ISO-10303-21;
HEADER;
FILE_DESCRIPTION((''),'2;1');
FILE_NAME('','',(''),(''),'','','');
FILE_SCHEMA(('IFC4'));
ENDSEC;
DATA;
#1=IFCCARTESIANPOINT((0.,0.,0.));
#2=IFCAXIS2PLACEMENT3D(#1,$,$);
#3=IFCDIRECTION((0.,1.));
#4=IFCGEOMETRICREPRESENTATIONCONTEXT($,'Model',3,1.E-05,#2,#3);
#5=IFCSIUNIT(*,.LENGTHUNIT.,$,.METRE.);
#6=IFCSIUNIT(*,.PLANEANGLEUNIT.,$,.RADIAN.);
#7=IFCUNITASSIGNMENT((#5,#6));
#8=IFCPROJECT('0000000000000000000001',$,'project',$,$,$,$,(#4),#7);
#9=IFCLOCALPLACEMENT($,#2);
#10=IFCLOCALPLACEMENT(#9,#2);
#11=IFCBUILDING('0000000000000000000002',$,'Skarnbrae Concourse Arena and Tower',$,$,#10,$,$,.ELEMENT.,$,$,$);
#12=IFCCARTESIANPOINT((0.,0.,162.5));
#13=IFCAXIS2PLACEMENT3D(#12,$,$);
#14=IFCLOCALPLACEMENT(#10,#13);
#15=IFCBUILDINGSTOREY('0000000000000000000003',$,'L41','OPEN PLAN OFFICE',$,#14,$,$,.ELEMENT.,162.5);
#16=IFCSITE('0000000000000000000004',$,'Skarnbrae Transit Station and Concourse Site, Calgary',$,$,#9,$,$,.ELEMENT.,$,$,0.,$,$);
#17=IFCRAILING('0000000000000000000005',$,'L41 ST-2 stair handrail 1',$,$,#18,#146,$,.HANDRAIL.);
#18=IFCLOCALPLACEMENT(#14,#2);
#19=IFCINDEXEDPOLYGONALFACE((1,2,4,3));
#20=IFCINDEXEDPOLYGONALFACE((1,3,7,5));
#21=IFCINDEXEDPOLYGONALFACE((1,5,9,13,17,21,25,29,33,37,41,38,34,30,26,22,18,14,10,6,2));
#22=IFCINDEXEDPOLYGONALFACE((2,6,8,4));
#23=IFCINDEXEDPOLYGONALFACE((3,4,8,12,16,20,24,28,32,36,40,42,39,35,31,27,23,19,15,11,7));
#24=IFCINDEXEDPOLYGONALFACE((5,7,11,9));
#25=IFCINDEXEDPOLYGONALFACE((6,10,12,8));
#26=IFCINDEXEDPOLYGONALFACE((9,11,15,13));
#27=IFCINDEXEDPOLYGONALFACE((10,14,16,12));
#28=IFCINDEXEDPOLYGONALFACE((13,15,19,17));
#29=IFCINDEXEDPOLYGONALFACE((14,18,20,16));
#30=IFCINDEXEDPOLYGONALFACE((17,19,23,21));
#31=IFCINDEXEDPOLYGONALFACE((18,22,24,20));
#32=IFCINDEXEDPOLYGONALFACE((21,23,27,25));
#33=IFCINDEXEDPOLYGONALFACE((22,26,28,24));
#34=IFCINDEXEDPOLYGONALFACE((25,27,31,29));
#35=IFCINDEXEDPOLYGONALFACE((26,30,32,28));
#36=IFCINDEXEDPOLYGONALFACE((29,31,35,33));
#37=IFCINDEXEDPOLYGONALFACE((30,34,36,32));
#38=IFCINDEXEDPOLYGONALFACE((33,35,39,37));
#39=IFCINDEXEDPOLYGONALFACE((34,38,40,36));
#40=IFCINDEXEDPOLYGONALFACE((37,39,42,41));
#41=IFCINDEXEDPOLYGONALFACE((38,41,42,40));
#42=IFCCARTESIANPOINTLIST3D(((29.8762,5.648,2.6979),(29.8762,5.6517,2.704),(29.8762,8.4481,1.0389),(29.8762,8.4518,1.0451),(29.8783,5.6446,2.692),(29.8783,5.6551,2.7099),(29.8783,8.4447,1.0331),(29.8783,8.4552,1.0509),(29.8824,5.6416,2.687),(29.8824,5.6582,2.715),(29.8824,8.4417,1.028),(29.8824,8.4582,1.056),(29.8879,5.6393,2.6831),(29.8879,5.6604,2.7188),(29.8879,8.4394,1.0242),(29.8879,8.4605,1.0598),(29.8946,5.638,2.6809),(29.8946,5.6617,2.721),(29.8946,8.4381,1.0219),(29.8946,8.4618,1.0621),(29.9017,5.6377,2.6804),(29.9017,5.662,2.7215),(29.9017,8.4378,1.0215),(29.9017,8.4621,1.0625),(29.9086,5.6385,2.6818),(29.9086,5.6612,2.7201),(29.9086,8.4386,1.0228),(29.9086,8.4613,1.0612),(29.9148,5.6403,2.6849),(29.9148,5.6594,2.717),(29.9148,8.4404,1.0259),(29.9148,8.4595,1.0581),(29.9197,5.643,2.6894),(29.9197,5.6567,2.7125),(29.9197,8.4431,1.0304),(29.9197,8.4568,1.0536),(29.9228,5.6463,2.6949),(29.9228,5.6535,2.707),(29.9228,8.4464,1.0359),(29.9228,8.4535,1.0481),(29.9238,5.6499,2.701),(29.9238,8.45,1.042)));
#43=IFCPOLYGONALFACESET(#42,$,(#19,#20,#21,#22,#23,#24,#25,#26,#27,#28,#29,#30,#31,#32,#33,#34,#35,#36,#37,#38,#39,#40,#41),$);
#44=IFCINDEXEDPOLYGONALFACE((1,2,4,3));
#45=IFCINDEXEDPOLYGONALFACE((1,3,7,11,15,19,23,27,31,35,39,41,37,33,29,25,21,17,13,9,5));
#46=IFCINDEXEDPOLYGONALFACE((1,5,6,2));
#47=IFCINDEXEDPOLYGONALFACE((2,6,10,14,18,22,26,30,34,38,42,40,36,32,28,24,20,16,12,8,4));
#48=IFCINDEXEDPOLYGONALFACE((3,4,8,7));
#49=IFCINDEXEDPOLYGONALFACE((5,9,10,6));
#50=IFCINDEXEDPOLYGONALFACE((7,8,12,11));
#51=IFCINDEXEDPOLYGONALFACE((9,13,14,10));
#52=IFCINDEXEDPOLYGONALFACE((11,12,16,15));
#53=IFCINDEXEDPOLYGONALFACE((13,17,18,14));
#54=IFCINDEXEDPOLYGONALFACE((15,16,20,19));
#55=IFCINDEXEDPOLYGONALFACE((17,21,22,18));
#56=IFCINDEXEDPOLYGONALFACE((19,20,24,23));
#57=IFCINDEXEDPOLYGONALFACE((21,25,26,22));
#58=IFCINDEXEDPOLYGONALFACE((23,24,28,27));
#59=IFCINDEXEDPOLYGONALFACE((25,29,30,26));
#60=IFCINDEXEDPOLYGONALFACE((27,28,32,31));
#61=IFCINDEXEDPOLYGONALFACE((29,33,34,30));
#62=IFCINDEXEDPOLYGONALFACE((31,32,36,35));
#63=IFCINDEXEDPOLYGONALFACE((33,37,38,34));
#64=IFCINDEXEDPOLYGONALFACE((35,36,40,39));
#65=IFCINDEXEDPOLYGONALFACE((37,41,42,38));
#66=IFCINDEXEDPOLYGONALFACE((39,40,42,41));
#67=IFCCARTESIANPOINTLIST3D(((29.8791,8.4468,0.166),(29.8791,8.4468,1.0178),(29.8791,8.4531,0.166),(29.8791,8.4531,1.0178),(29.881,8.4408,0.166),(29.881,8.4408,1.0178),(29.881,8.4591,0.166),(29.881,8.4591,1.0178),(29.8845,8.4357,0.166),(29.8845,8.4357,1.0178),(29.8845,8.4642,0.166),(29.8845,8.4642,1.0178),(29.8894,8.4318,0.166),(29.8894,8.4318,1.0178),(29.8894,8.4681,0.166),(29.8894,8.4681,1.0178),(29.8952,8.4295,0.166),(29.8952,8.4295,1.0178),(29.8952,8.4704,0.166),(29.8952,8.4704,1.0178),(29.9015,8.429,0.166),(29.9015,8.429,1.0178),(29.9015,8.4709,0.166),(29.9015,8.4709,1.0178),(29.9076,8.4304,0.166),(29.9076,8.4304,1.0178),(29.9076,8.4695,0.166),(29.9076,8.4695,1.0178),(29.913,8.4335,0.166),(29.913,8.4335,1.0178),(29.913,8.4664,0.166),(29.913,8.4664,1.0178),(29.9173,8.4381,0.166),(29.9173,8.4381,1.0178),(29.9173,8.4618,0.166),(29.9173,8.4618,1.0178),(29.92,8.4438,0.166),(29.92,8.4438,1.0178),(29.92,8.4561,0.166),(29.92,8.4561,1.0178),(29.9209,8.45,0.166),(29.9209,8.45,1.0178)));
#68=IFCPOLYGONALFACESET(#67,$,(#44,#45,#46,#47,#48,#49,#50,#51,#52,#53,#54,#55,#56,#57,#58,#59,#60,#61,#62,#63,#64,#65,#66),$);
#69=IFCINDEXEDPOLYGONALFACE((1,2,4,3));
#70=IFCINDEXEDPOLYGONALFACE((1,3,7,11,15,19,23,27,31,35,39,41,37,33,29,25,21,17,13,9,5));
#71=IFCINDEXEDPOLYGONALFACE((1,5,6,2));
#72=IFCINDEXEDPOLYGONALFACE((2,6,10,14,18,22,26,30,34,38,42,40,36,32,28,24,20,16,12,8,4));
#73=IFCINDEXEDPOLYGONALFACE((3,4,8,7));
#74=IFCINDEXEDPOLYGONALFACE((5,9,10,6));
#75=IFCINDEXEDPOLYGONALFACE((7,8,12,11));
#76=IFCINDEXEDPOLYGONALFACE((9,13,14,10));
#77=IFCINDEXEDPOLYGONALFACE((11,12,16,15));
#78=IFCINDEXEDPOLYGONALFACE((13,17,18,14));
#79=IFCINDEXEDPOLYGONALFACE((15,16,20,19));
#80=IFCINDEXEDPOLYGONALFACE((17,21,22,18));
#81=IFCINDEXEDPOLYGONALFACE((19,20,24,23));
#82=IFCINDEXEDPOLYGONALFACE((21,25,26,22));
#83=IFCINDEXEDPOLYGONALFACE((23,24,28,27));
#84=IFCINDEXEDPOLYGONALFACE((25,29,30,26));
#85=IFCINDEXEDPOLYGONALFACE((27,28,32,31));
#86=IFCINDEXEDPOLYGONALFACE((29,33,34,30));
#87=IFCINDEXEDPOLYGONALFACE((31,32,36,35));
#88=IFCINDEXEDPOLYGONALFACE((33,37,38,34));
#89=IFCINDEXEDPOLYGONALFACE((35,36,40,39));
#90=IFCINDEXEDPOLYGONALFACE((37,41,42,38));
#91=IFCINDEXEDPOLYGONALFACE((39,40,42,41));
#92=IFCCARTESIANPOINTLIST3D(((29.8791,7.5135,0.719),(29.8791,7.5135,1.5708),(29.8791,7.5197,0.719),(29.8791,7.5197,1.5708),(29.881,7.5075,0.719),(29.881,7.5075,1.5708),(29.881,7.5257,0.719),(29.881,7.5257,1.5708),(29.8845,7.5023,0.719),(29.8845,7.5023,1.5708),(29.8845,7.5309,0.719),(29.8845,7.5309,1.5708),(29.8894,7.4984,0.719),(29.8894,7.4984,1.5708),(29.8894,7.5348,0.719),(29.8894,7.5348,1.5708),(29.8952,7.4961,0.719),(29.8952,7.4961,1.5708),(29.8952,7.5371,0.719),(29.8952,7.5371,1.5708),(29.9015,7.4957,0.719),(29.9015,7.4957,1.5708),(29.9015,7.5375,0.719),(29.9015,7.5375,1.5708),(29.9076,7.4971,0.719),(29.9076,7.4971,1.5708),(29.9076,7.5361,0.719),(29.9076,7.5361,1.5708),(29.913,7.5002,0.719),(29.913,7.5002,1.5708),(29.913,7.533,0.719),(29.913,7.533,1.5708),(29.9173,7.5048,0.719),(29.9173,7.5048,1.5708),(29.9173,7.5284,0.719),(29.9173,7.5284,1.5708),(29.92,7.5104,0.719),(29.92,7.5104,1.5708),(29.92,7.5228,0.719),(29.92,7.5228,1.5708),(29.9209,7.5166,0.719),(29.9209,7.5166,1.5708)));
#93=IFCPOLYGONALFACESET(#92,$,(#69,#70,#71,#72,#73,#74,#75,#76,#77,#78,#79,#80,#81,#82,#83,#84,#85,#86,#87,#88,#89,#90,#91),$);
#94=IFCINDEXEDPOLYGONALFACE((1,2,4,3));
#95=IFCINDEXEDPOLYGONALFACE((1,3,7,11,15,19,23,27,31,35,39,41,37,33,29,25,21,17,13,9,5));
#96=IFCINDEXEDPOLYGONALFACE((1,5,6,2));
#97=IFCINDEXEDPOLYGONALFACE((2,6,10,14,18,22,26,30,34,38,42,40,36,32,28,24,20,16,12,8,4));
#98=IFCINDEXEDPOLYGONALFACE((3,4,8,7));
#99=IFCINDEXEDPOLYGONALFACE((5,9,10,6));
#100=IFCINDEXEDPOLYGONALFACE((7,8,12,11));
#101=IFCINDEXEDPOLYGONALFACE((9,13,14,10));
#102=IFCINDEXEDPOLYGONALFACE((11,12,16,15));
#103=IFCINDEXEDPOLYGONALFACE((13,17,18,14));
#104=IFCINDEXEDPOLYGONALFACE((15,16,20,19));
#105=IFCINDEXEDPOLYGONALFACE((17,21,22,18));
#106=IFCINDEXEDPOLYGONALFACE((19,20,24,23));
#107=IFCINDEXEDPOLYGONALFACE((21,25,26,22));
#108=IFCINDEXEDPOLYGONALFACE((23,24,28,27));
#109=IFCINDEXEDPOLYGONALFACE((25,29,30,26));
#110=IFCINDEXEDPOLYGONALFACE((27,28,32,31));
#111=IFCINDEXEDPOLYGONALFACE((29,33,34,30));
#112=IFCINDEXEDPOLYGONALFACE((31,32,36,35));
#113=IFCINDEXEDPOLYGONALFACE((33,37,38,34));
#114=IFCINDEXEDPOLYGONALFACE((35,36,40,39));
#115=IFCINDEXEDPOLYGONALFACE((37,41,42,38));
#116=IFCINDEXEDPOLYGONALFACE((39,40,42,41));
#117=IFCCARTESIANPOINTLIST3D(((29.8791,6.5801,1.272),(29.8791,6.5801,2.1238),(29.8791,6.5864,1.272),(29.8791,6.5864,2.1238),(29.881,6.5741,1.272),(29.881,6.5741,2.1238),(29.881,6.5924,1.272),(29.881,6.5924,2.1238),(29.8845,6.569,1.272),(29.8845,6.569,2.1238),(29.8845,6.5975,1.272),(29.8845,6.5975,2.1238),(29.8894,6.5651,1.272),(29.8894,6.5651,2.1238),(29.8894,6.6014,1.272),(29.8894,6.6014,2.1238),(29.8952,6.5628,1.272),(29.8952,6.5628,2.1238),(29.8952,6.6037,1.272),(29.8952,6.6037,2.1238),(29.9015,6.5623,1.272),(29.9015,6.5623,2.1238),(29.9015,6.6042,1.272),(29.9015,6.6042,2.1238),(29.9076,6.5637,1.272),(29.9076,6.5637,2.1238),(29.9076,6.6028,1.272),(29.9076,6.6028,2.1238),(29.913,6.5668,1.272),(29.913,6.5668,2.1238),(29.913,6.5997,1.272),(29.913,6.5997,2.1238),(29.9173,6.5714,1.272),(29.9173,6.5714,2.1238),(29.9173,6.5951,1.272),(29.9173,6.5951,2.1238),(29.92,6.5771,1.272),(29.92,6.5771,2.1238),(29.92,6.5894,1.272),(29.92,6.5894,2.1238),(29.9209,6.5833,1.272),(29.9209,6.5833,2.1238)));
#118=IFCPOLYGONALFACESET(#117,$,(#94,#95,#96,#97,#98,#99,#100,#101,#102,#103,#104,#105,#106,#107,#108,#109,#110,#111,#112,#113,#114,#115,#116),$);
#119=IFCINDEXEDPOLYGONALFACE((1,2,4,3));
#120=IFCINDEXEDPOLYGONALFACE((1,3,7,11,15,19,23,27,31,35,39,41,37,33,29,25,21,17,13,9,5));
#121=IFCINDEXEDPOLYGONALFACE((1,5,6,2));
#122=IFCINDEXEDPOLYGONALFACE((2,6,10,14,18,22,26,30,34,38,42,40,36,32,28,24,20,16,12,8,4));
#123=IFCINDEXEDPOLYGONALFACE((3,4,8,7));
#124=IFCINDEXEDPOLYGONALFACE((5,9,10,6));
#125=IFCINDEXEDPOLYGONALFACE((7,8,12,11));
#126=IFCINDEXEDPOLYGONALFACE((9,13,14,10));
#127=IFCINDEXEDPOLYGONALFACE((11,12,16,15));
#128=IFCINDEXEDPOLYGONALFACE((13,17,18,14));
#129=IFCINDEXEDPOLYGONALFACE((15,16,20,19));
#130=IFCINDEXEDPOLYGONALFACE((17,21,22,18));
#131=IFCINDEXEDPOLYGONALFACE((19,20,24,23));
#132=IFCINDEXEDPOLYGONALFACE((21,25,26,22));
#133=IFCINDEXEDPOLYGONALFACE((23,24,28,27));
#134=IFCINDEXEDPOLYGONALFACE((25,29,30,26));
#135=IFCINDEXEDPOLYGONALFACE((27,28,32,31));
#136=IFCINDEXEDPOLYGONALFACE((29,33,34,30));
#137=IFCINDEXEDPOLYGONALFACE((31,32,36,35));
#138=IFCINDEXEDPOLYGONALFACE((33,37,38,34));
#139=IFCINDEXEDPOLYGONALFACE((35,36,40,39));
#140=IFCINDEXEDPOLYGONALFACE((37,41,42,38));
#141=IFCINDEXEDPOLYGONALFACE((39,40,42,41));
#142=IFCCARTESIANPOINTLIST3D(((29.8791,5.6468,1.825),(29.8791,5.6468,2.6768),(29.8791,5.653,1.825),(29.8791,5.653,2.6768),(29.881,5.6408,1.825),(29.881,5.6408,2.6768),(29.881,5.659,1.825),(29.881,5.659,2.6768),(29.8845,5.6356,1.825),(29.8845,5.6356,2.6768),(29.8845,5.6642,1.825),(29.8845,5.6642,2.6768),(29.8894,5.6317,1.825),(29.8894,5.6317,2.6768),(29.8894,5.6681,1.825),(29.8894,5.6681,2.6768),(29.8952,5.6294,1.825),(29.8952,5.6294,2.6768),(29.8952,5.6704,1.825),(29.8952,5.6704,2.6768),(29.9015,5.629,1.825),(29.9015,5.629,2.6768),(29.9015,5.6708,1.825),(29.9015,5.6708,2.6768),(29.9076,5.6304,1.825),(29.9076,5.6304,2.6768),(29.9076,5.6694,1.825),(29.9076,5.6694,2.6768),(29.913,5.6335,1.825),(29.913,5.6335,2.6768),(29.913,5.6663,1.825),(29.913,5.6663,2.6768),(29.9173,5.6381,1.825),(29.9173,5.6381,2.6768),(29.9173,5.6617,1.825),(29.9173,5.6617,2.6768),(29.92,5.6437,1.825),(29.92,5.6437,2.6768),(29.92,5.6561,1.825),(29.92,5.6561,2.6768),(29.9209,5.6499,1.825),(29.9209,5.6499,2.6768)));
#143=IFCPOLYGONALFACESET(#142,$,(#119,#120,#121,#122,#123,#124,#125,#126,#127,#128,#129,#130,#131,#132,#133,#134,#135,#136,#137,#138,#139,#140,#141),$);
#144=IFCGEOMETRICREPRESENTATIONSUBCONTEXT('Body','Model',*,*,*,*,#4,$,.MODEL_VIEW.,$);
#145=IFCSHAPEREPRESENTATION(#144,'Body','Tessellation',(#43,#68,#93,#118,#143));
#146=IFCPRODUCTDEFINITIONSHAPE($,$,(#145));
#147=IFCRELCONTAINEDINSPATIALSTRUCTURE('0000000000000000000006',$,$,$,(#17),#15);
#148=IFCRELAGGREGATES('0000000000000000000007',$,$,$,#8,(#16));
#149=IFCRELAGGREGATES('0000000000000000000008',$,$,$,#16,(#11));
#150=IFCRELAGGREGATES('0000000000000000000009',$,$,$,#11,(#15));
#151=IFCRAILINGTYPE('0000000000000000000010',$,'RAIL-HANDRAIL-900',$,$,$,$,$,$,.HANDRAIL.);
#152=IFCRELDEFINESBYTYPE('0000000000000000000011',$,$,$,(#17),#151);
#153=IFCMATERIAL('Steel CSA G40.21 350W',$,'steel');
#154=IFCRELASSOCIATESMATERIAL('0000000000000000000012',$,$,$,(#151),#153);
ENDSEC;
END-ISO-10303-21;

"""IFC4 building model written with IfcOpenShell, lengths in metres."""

from ifc_helpers import new_model, si_unit, direction, frame, origin, origin_2d, place, context, subcontext, project, spatial, circle, extrude, material, type_object, element, save


model = new_model("IFC4")

# Units and contexts
model_context = context("Model", 3, precision=1e-05, world=origin(), true_north=direction((0.0, 1.0)))
body_context = subcontext(model_context, "Body", "Model", "MODEL_VIEW")
ifc_project = project(units=[si_unit("LENGTHUNIT", "METRE"), si_unit("PLANEANGLEUNIT", "RADIAN")], contexts=[model_context])

# Site, building, storey
site_placement = place(None, origin())
site = spatial("IfcSite", under=ifc_project, at=site_placement, Name="Skarnbrae Transit Station and Concourse Site, Calgary", CompositionType="ELEMENT", RefElevation=0.0)
building_placement = place(site_placement, origin())
building = spatial("IfcBuilding", under=site, at=building_placement, Name="Skarnbrae Concourse Arena and Tower", CompositionType="ELEMENT")
storey_placement = place(building_placement, frame((0.0, 0.0, 162.5)))
storey = spatial("IfcBuildingStorey", under=building, at=storey_placement, Name="L41", Description="OPEN PLAN OFFICE", CompositionType="ELEMENT", Elevation=162.5)

# Shared definitions
ifc_material_1 = material(Name="Steel CSA G40.21 350W", Category="steel")

# Railing
railing_type_1 = type_object("IfcRailingType", Name="RAIL-HANDRAIL-900", PredefinedType="HANDRAIL", material=ifc_material_1)
railing_1_placement = place(storey_placement, frame((29.8999, 8.45, 0.166)))
element("IfcRailing", 1, at=railing_1_placement, inside=storey, type_object=railing_type_1, Name="L41 ST-2 stair handrail 1", PredefinedType="HANDRAIL", context=body_context, shape_type="SweptSolid", body=[
    extrude(circle(Radius=0.0239, at=origin_2d()), frame((0.0, 0.0, 0.876), z_axis=(0.0, -0.860339, 0.509722), x_axis=(1.0, 0.0, 0.0)), (0.0, 0.0, 1.0), 3.2546),
    extrude(circle(Radius=0.021, at=origin_2d()), origin(), (0.0, 0.0, 1.0), 0.8518),
    extrude(circle(Radius=0.021, at=origin_2d()), frame((0.0, -0.9333, 0.553)), (0.0, 0.0, 1.0), 0.8518),
    extrude(circle(Radius=0.021, at=origin_2d()), frame((0.0, -1.8667, 1.106)), (0.0, 0.0, 1.0), 0.8518),
    extrude(circle(Radius=0.021, at=origin_2d()), frame((0.0, -2.8, 1.6589)), (0.0, 0.0, 1.0), 0.8518),
])

save(model, "model.ifc")
